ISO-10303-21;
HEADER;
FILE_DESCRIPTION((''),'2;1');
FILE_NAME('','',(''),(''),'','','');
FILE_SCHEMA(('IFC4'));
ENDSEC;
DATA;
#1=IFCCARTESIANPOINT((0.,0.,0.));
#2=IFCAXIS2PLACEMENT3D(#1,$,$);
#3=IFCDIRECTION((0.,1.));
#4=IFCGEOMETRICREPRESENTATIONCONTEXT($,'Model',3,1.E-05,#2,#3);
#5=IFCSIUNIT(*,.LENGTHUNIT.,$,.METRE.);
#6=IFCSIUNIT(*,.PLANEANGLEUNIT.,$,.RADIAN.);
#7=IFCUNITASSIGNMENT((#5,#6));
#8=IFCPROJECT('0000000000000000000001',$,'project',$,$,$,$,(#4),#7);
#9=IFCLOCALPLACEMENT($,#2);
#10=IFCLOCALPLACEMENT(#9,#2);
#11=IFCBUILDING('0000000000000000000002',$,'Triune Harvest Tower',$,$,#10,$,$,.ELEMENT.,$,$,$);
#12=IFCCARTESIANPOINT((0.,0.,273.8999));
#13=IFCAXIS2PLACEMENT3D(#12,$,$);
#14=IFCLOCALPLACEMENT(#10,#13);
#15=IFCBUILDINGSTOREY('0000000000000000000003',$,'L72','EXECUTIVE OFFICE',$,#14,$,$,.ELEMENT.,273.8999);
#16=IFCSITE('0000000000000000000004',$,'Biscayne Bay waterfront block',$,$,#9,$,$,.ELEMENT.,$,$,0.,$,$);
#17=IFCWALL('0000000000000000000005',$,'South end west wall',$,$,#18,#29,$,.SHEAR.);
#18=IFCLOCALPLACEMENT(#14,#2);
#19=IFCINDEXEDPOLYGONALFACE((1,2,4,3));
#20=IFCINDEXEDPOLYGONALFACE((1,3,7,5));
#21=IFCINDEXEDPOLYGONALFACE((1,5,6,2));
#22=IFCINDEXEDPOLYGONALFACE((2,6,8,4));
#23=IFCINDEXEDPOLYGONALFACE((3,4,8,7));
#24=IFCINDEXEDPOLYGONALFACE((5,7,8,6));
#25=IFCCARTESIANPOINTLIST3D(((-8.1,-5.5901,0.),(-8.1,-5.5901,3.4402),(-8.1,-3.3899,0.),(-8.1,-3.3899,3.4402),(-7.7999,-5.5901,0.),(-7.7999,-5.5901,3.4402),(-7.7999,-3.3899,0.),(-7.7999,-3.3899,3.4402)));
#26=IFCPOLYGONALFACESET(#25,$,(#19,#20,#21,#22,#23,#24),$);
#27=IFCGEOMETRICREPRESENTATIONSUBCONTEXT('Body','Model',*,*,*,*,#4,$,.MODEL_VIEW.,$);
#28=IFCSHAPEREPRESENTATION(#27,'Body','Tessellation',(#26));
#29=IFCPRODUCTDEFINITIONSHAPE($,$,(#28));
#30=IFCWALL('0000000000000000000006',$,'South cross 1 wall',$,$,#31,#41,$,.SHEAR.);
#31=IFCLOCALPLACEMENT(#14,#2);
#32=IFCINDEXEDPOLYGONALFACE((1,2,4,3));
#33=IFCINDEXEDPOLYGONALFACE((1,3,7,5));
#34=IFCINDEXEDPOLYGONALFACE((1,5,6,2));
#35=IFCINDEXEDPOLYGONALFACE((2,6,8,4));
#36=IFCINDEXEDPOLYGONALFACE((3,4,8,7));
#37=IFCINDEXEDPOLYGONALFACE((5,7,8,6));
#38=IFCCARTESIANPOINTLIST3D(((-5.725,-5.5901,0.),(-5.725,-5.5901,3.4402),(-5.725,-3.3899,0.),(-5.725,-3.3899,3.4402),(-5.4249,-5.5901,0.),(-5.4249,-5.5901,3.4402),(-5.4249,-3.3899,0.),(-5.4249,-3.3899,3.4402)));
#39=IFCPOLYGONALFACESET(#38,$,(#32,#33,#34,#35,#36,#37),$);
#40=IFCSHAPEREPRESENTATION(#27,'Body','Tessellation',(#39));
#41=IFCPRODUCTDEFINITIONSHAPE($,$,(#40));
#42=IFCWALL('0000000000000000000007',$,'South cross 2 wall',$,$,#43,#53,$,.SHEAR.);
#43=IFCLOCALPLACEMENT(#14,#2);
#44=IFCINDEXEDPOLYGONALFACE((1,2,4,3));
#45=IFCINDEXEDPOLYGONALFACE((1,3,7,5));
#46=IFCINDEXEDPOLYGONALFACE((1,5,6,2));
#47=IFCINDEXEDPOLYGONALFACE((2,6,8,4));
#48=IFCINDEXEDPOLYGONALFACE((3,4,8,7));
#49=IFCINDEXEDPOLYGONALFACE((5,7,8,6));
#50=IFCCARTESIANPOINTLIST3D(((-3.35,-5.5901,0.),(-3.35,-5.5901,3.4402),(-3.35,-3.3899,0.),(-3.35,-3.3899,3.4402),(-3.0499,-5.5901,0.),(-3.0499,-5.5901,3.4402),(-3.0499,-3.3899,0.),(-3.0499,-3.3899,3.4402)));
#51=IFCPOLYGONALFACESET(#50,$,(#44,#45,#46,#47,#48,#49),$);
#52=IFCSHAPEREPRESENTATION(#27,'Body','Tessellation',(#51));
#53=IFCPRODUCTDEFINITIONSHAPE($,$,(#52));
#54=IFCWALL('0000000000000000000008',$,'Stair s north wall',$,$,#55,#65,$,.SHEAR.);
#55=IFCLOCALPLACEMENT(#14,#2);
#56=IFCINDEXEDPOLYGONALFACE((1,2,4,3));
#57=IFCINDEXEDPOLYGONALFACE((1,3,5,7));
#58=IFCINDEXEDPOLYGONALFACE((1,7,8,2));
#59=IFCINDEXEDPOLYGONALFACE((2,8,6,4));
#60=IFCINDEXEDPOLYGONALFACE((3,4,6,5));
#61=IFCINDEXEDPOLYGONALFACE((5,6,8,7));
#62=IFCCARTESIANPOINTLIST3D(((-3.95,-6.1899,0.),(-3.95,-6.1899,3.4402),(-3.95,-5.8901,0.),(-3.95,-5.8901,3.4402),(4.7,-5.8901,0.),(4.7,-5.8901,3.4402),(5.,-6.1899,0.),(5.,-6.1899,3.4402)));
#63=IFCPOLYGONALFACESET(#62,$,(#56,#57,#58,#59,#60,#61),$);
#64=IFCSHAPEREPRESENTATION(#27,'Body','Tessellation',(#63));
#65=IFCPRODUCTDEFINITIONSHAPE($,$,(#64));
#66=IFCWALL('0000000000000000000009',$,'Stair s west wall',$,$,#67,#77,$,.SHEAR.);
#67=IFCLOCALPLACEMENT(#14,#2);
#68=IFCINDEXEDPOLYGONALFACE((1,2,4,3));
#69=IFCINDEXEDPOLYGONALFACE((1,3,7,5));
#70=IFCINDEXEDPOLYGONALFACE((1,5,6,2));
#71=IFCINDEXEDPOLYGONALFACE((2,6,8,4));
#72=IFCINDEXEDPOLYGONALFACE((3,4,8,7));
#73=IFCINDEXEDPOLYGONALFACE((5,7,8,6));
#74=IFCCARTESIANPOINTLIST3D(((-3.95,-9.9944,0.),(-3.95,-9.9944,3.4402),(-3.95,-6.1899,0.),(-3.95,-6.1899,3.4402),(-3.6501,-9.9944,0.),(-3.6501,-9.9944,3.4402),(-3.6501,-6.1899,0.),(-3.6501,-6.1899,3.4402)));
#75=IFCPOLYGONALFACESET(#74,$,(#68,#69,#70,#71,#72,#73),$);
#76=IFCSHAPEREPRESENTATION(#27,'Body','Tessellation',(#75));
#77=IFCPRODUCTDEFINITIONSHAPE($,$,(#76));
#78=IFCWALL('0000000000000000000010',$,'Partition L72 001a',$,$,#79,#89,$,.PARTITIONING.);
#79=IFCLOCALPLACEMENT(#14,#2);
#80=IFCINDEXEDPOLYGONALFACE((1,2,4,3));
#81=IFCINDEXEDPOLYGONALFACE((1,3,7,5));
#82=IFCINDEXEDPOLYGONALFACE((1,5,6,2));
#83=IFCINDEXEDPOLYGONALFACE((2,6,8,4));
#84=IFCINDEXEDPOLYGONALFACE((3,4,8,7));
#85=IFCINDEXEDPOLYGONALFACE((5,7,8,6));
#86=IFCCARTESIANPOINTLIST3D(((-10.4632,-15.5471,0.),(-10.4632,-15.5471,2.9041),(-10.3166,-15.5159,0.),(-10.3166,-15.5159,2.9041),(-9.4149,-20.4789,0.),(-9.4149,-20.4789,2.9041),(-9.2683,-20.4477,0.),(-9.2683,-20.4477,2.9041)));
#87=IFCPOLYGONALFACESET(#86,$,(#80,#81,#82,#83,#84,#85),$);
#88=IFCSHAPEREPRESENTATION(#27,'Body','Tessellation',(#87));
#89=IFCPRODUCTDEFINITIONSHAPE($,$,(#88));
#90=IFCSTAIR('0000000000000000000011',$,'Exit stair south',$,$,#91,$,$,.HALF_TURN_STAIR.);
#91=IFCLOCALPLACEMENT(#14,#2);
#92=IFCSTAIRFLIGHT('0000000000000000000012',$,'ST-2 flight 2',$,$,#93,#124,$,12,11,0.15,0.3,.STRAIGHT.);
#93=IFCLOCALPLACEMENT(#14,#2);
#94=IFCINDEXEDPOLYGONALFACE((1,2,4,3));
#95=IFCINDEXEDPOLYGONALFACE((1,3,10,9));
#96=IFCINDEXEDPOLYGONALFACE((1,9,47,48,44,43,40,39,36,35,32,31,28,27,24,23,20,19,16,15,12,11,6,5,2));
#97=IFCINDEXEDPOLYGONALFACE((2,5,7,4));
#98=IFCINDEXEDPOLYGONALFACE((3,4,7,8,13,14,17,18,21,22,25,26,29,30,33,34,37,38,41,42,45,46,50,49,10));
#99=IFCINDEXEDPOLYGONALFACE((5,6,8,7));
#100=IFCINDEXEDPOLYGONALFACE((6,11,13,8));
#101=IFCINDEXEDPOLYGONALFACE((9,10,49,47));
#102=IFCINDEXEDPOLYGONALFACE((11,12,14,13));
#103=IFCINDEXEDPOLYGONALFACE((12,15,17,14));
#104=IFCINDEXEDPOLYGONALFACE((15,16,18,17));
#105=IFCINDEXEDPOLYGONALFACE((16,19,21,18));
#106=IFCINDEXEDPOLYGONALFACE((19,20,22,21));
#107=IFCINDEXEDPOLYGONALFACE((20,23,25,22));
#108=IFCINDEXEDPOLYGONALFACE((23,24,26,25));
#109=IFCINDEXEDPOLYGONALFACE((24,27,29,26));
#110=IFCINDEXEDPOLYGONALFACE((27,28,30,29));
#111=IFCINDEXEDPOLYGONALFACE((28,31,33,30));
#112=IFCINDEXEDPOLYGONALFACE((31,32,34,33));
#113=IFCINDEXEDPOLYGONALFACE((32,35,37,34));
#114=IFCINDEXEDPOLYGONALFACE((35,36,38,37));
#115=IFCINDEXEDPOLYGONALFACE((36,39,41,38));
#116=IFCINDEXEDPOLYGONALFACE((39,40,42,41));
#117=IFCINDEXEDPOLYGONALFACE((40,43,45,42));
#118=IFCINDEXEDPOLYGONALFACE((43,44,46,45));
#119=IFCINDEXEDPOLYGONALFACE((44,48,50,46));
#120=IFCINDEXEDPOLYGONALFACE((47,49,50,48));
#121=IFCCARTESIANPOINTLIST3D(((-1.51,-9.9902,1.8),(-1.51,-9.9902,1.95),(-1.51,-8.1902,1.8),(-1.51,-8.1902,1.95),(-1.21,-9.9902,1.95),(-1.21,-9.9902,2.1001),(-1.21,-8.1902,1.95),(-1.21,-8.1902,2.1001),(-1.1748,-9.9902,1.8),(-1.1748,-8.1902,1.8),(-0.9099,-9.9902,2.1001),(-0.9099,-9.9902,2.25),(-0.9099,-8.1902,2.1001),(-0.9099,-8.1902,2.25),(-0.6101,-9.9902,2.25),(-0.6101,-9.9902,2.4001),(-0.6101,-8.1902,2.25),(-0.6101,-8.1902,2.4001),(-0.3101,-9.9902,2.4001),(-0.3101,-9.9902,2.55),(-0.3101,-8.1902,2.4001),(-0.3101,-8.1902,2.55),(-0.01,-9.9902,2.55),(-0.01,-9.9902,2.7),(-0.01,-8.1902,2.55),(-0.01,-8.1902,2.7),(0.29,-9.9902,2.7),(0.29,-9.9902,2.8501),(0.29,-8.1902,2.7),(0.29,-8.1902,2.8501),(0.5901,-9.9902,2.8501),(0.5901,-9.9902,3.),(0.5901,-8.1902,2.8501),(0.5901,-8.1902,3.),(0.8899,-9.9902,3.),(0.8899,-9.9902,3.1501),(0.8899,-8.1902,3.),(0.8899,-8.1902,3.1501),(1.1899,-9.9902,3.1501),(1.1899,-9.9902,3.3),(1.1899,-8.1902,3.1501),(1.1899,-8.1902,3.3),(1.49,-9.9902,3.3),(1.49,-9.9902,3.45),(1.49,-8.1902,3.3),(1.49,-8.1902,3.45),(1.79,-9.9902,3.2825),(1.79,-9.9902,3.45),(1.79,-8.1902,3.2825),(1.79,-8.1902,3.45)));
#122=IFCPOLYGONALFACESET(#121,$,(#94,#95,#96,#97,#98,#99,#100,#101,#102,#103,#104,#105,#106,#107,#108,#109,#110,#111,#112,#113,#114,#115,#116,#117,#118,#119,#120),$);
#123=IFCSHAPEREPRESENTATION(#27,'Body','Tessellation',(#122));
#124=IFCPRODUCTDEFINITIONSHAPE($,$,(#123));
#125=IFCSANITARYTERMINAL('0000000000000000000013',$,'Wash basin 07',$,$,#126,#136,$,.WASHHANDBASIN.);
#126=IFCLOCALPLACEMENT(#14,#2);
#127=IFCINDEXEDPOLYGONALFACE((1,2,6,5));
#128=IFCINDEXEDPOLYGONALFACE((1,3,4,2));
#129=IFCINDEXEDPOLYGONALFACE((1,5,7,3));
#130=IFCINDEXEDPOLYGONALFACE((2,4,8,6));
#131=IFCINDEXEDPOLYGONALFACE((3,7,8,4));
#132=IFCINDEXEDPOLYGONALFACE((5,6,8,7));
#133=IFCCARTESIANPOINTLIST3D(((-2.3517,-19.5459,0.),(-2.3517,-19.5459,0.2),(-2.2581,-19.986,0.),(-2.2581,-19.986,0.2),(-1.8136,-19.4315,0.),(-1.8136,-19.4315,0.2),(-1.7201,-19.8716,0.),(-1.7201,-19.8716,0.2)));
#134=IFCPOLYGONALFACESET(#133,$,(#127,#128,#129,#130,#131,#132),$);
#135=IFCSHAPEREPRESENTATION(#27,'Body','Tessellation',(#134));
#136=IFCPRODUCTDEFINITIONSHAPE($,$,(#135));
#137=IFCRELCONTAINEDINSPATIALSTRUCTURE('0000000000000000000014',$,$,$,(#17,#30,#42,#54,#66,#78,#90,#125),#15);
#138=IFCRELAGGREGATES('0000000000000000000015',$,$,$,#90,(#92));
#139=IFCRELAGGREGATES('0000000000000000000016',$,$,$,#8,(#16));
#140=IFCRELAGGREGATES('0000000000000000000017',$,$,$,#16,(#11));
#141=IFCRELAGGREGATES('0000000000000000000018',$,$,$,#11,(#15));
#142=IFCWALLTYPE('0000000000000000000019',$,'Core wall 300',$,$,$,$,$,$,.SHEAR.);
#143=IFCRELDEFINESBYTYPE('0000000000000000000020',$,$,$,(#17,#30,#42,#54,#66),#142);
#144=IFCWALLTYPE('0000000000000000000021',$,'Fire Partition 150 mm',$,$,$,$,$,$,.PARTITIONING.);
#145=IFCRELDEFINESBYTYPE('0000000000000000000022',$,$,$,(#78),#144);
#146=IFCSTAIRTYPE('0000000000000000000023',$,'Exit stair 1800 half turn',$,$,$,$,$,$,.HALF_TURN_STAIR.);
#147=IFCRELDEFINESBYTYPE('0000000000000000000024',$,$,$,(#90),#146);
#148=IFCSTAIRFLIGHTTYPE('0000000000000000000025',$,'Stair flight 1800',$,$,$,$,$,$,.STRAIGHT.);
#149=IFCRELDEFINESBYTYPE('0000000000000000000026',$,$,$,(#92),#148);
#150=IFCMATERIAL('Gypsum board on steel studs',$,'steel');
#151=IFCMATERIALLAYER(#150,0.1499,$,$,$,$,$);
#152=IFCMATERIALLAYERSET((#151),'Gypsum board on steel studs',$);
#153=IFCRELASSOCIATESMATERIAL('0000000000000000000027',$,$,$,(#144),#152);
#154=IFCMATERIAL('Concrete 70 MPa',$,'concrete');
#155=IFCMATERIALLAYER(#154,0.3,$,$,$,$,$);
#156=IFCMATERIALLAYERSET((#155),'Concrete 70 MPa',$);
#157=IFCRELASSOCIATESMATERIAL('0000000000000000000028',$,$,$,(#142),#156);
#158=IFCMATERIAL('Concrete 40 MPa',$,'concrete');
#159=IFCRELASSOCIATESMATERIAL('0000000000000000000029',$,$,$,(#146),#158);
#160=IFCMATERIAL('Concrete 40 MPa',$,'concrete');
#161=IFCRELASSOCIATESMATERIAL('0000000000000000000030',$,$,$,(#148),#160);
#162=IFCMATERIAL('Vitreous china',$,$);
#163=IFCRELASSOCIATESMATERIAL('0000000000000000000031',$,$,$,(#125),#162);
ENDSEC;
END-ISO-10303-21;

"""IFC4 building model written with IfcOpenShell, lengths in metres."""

from ifc_helpers import new_model, si_unit, direction, frame, frame_2d, origin, origin_2d, place, context, subcontext, project, spatial, polyline, rectangle, outline, extrude, source, transform, mapped, material, layer, layer_set, type_object, element, aggregate, save


model = new_model("IFC4")

# Units and contexts
model_context = context("Model", 3, precision=1e-05, world=origin(), true_north=direction((0.0, 1.0)))
body_context = subcontext(model_context, "Body", "Model", "MODEL_VIEW")
ifc_project = project(units=[si_unit("LENGTHUNIT", "METRE"), si_unit("PLANEANGLEUNIT", "RADIAN")], contexts=[model_context])

# Site, building, storey
site_placement = place(None, origin())
site = spatial("IfcSite", under=ifc_project, at=site_placement, Name="Biscayne Bay waterfront block", CompositionType="ELEMENT", RefElevation=0.0)
building_placement = place(site_placement, origin())
building = spatial("IfcBuilding", under=site, at=building_placement, Name="Triune Harvest Tower", CompositionType="ELEMENT")
storey_placement = place(building_placement, frame((0.0, 0.0, 273.8999)))
storey = spatial("IfcBuildingStorey", under=building, at=storey_placement, Name="L72", Description="EXECUTIVE OFFICE", CompositionType="ELEMENT", Elevation=273.8999)

# Shared definitions
ifc_material_1 = material(Name="Gypsum board on steel studs", Category="steel")
ifc_layer_1 = layer(ifc_material_1, 0.1499)
ifc_layer_set_1 = layer_set([ifc_layer_1], Name="Gypsum board on steel studs")
wall_type_1 = type_object("IfcWallType", Name="Fire Partition 150 mm", PredefinedType="PARTITIONING", material=ifc_layer_set_1)

# Walls
ifc_material_2 = material(Name="Concrete 70 MPa", Category="concrete")
ifc_layer_2 = layer(ifc_material_2, 0.3)
ifc_layer_set_2 = layer_set([ifc_layer_2], Name="Concrete 70 MPa")
wall_type_2 = type_object("IfcWallType", Name="Core wall 300", PredefinedType="SHEAR", material=ifc_layer_set_2)
shared_shape_1 = source(origin(), body_context, "Body", "SweptSolid", [
    extrude(rectangle(XDim=2.2002, YDim=0.3, at=frame_2d((1.1001, 0.0))), origin(), (0.0, 0.0, 1.0), 3.4402),
])
for number, where, z_axis, x_axis, name in (
    (1, (-7.95, -5.5901, 0.0), (0.0, 0.0, 1.0), (0.0, 1.0, 0.0), "South end west wall"),
    (2, (-5.575, -5.5901, 0.0), (0.0, 0.0, 1.0), (0.0, 1.0, 0.0), "South cross 1 wall"),
    (3, (-3.2, -5.5901, 0.0), (0.0, 0.0, 1.0), (0.0, 1.0, 0.0), "South cross 2 wall"),
):
    element("IfcWall", number, at=place(storey_placement, frame(where, z_axis=z_axis, x_axis=x_axis)), inside=storey, type_object=wall_type_2, Name=name, PredefinedType="SHEAR", context=body_context, shape_type="MappedRepresentation", body=[
        mapped(shared_shape_1, transform((0.0, 0.0, 0.0), scale=1.0)),
    ])
shared_shape_2 = source(origin(), body_context, "Body", "SweptSolid", [
    extrude(outline(polyline([(0.0, -0.1499), (8.95, -0.1499), (8.6499, 0.1499), (0.0, 0.1499), (0.0, -0.1499)])), origin(), (0.0, 0.0, 1.0), 3.4402),
])
wall_1_placement = place(storey_placement, frame((-3.95, -6.04, 0.0), z_axis=(0.0, 0.0, 1.0), x_axis=(1.0, 0.0, 0.0)))
element("IfcWall", 4, at=wall_1_placement, inside=storey, type_object=wall_type_2, Name="Stair s north wall", PredefinedType="SHEAR", context=body_context, shape_type="MappedRepresentation", body=[
    mapped(shared_shape_2, transform((0.0, 0.0, 0.0), scale=1.0)),
])
shared_shape_3 = source(origin(), body_context, "Body", "SweptSolid", [
    extrude(outline(polyline([(3.8, -0.1499), (-0.0044, -0.1499), (-0.0044, 0.1499), (3.8, 0.1499), (3.8, -0.1499)])), origin(), (0.0, 0.0, 1.0), 3.4402),
])
wall_2_placement = place(storey_placement, frame((-3.8, -9.99, 0.0), z_axis=(0.0, 0.0, 1.0), x_axis=(0.0, 1.0, 0.0)))
element("IfcWall", 5, at=wall_2_placement, inside=storey, type_object=wall_type_2, Name="Stair s west wall", PredefinedType="SHEAR", context=body_context, shape_type="MappedRepresentation", body=[
    mapped(shared_shape_3, transform((0.0, 0.0, 0.0), scale=1.0)),
])
shared_shape_4 = source(origin(), body_context, "Body", "SweptSolid", [
    extrude(rectangle(XDim=5.042, YDim=0.1499, at=frame_2d((2.521, 0.0))), origin(), (0.0, 0.0, 1.0), 2.9041),
])
wall_3_placement = place(storey_placement, frame((-10.3899, -15.5315, 0.0), z_axis=(0.0, 0.0, 1.0), x_axis=(0.207918, -0.978146, 0.0)))
element("IfcWall", 6, at=wall_3_placement, inside=storey, type_object=wall_type_1, Name="Partition L72 001a", PredefinedType="PARTITIONING", context=body_context, shape_type="MappedRepresentation", body=[
    mapped(shared_shape_4, transform((0.0, 0.0, 0.0), scale=1.0)),
])

# Stair, stair flight
ifc_material_3 = material(Name="Concrete 40 MPa", Category="concrete")
stair_type = type_object("IfcStairType", Name="Exit stair 1800 half turn", PredefinedType="HALF_TURN_STAIR", material=ifc_material_3)
stair_placement = place(storey_placement, origin())
stair = element("IfcStair", 7, at=stair_placement, inside=storey, type_object=stair_type, Name="Exit stair south", PredefinedType="HALF_TURN_STAIR")
ifc_material_4 = material(Name="Concrete 40 MPa", Category="concrete")
stair_flight_type = type_object("IfcStairFlightType", Name="Stair flight 1800", PredefinedType="STRAIGHT", material=ifc_material_4)
shared_shape_5 = source(origin(), body_context, "Body", "SweptSolid", [
    extrude(outline(polyline([(0.0, 0.0), (0.0, 0.1499), (0.3, 0.1499), (0.3, 0.3), (0.6001, 0.3), (0.6001, 0.45), (0.8999, 0.45), (0.8999, 0.6001), (1.2, 0.6001), (1.2, 0.75), (1.5, 0.75), (1.5, 0.8999), (1.8, 0.8999), (1.8, 1.05), (2.1001, 1.05), (2.1001, 1.2), (2.3999, 1.2), (2.3999, 1.3501), (2.7, 1.3501), (2.7, 1.5), (3.0, 1.5), (3.0, 1.6499), (3.3, 1.6499), (3.3, 1.8), (3.3, 1.4824), (0.3352, 0.0), (0.0, 0.0)])), frame((0.0, 0.8999, 0.0), z_axis=(0.0, -1.0, 0.0), x_axis=(1.0, 0.0, 0.0)), (0.0, 0.0, 1.0), 1.8),
])
stair_flight_placement = place(storey_placement, frame((-1.51, -9.0901, 1.8), z_axis=(0.0, 0.0, 1.0), x_axis=(1.0, 0.0, 0.0)))
stair_flight = element("IfcStairFlight", 8, at=stair_flight_placement, type_object=stair_flight_type, Name="ST-2 flight 2", NumberOfRisers=12, NumberOfTreads=11, PredefinedType="STRAIGHT", RiserHeight=0.15, TreadLength=0.3, context=body_context, shape_type="MappedRepresentation", body=[
    mapped(shared_shape_5, transform((0.0, 0.0, 0.0), scale=1.0)),
])
aggregate(stair, [stair_flight])

# Sanitary terminal
ifc_material_5 = material(Name="Vitreous china")
shared_shape_6 = source(origin(), body_context, "Body", "SweptSolid", [
    extrude(rectangle(XDim=0.55, YDim=0.45, at=origin_2d()), origin(), (0.0, 0.0, 1.0), 0.2),
])
sanitary_terminal_placement = place(storey_placement, frame((-2.0359, -19.7087, 0.0), z_axis=(0.0, 0.0, 1.0), x_axis=(-0.978155, -0.207878, 0.0)))
element("IfcSanitaryTerminal", 9, at=sanitary_terminal_placement, inside=storey, material=ifc_material_5, Name="Wash basin 07", PredefinedType="WASHHANDBASIN", context=body_context, shape_type="MappedRepresentation", body=[
    mapped(shared_shape_6, transform((0.0, 0.0, 0.0), scale=1.0)),
])

save(model, "model.ifc")
